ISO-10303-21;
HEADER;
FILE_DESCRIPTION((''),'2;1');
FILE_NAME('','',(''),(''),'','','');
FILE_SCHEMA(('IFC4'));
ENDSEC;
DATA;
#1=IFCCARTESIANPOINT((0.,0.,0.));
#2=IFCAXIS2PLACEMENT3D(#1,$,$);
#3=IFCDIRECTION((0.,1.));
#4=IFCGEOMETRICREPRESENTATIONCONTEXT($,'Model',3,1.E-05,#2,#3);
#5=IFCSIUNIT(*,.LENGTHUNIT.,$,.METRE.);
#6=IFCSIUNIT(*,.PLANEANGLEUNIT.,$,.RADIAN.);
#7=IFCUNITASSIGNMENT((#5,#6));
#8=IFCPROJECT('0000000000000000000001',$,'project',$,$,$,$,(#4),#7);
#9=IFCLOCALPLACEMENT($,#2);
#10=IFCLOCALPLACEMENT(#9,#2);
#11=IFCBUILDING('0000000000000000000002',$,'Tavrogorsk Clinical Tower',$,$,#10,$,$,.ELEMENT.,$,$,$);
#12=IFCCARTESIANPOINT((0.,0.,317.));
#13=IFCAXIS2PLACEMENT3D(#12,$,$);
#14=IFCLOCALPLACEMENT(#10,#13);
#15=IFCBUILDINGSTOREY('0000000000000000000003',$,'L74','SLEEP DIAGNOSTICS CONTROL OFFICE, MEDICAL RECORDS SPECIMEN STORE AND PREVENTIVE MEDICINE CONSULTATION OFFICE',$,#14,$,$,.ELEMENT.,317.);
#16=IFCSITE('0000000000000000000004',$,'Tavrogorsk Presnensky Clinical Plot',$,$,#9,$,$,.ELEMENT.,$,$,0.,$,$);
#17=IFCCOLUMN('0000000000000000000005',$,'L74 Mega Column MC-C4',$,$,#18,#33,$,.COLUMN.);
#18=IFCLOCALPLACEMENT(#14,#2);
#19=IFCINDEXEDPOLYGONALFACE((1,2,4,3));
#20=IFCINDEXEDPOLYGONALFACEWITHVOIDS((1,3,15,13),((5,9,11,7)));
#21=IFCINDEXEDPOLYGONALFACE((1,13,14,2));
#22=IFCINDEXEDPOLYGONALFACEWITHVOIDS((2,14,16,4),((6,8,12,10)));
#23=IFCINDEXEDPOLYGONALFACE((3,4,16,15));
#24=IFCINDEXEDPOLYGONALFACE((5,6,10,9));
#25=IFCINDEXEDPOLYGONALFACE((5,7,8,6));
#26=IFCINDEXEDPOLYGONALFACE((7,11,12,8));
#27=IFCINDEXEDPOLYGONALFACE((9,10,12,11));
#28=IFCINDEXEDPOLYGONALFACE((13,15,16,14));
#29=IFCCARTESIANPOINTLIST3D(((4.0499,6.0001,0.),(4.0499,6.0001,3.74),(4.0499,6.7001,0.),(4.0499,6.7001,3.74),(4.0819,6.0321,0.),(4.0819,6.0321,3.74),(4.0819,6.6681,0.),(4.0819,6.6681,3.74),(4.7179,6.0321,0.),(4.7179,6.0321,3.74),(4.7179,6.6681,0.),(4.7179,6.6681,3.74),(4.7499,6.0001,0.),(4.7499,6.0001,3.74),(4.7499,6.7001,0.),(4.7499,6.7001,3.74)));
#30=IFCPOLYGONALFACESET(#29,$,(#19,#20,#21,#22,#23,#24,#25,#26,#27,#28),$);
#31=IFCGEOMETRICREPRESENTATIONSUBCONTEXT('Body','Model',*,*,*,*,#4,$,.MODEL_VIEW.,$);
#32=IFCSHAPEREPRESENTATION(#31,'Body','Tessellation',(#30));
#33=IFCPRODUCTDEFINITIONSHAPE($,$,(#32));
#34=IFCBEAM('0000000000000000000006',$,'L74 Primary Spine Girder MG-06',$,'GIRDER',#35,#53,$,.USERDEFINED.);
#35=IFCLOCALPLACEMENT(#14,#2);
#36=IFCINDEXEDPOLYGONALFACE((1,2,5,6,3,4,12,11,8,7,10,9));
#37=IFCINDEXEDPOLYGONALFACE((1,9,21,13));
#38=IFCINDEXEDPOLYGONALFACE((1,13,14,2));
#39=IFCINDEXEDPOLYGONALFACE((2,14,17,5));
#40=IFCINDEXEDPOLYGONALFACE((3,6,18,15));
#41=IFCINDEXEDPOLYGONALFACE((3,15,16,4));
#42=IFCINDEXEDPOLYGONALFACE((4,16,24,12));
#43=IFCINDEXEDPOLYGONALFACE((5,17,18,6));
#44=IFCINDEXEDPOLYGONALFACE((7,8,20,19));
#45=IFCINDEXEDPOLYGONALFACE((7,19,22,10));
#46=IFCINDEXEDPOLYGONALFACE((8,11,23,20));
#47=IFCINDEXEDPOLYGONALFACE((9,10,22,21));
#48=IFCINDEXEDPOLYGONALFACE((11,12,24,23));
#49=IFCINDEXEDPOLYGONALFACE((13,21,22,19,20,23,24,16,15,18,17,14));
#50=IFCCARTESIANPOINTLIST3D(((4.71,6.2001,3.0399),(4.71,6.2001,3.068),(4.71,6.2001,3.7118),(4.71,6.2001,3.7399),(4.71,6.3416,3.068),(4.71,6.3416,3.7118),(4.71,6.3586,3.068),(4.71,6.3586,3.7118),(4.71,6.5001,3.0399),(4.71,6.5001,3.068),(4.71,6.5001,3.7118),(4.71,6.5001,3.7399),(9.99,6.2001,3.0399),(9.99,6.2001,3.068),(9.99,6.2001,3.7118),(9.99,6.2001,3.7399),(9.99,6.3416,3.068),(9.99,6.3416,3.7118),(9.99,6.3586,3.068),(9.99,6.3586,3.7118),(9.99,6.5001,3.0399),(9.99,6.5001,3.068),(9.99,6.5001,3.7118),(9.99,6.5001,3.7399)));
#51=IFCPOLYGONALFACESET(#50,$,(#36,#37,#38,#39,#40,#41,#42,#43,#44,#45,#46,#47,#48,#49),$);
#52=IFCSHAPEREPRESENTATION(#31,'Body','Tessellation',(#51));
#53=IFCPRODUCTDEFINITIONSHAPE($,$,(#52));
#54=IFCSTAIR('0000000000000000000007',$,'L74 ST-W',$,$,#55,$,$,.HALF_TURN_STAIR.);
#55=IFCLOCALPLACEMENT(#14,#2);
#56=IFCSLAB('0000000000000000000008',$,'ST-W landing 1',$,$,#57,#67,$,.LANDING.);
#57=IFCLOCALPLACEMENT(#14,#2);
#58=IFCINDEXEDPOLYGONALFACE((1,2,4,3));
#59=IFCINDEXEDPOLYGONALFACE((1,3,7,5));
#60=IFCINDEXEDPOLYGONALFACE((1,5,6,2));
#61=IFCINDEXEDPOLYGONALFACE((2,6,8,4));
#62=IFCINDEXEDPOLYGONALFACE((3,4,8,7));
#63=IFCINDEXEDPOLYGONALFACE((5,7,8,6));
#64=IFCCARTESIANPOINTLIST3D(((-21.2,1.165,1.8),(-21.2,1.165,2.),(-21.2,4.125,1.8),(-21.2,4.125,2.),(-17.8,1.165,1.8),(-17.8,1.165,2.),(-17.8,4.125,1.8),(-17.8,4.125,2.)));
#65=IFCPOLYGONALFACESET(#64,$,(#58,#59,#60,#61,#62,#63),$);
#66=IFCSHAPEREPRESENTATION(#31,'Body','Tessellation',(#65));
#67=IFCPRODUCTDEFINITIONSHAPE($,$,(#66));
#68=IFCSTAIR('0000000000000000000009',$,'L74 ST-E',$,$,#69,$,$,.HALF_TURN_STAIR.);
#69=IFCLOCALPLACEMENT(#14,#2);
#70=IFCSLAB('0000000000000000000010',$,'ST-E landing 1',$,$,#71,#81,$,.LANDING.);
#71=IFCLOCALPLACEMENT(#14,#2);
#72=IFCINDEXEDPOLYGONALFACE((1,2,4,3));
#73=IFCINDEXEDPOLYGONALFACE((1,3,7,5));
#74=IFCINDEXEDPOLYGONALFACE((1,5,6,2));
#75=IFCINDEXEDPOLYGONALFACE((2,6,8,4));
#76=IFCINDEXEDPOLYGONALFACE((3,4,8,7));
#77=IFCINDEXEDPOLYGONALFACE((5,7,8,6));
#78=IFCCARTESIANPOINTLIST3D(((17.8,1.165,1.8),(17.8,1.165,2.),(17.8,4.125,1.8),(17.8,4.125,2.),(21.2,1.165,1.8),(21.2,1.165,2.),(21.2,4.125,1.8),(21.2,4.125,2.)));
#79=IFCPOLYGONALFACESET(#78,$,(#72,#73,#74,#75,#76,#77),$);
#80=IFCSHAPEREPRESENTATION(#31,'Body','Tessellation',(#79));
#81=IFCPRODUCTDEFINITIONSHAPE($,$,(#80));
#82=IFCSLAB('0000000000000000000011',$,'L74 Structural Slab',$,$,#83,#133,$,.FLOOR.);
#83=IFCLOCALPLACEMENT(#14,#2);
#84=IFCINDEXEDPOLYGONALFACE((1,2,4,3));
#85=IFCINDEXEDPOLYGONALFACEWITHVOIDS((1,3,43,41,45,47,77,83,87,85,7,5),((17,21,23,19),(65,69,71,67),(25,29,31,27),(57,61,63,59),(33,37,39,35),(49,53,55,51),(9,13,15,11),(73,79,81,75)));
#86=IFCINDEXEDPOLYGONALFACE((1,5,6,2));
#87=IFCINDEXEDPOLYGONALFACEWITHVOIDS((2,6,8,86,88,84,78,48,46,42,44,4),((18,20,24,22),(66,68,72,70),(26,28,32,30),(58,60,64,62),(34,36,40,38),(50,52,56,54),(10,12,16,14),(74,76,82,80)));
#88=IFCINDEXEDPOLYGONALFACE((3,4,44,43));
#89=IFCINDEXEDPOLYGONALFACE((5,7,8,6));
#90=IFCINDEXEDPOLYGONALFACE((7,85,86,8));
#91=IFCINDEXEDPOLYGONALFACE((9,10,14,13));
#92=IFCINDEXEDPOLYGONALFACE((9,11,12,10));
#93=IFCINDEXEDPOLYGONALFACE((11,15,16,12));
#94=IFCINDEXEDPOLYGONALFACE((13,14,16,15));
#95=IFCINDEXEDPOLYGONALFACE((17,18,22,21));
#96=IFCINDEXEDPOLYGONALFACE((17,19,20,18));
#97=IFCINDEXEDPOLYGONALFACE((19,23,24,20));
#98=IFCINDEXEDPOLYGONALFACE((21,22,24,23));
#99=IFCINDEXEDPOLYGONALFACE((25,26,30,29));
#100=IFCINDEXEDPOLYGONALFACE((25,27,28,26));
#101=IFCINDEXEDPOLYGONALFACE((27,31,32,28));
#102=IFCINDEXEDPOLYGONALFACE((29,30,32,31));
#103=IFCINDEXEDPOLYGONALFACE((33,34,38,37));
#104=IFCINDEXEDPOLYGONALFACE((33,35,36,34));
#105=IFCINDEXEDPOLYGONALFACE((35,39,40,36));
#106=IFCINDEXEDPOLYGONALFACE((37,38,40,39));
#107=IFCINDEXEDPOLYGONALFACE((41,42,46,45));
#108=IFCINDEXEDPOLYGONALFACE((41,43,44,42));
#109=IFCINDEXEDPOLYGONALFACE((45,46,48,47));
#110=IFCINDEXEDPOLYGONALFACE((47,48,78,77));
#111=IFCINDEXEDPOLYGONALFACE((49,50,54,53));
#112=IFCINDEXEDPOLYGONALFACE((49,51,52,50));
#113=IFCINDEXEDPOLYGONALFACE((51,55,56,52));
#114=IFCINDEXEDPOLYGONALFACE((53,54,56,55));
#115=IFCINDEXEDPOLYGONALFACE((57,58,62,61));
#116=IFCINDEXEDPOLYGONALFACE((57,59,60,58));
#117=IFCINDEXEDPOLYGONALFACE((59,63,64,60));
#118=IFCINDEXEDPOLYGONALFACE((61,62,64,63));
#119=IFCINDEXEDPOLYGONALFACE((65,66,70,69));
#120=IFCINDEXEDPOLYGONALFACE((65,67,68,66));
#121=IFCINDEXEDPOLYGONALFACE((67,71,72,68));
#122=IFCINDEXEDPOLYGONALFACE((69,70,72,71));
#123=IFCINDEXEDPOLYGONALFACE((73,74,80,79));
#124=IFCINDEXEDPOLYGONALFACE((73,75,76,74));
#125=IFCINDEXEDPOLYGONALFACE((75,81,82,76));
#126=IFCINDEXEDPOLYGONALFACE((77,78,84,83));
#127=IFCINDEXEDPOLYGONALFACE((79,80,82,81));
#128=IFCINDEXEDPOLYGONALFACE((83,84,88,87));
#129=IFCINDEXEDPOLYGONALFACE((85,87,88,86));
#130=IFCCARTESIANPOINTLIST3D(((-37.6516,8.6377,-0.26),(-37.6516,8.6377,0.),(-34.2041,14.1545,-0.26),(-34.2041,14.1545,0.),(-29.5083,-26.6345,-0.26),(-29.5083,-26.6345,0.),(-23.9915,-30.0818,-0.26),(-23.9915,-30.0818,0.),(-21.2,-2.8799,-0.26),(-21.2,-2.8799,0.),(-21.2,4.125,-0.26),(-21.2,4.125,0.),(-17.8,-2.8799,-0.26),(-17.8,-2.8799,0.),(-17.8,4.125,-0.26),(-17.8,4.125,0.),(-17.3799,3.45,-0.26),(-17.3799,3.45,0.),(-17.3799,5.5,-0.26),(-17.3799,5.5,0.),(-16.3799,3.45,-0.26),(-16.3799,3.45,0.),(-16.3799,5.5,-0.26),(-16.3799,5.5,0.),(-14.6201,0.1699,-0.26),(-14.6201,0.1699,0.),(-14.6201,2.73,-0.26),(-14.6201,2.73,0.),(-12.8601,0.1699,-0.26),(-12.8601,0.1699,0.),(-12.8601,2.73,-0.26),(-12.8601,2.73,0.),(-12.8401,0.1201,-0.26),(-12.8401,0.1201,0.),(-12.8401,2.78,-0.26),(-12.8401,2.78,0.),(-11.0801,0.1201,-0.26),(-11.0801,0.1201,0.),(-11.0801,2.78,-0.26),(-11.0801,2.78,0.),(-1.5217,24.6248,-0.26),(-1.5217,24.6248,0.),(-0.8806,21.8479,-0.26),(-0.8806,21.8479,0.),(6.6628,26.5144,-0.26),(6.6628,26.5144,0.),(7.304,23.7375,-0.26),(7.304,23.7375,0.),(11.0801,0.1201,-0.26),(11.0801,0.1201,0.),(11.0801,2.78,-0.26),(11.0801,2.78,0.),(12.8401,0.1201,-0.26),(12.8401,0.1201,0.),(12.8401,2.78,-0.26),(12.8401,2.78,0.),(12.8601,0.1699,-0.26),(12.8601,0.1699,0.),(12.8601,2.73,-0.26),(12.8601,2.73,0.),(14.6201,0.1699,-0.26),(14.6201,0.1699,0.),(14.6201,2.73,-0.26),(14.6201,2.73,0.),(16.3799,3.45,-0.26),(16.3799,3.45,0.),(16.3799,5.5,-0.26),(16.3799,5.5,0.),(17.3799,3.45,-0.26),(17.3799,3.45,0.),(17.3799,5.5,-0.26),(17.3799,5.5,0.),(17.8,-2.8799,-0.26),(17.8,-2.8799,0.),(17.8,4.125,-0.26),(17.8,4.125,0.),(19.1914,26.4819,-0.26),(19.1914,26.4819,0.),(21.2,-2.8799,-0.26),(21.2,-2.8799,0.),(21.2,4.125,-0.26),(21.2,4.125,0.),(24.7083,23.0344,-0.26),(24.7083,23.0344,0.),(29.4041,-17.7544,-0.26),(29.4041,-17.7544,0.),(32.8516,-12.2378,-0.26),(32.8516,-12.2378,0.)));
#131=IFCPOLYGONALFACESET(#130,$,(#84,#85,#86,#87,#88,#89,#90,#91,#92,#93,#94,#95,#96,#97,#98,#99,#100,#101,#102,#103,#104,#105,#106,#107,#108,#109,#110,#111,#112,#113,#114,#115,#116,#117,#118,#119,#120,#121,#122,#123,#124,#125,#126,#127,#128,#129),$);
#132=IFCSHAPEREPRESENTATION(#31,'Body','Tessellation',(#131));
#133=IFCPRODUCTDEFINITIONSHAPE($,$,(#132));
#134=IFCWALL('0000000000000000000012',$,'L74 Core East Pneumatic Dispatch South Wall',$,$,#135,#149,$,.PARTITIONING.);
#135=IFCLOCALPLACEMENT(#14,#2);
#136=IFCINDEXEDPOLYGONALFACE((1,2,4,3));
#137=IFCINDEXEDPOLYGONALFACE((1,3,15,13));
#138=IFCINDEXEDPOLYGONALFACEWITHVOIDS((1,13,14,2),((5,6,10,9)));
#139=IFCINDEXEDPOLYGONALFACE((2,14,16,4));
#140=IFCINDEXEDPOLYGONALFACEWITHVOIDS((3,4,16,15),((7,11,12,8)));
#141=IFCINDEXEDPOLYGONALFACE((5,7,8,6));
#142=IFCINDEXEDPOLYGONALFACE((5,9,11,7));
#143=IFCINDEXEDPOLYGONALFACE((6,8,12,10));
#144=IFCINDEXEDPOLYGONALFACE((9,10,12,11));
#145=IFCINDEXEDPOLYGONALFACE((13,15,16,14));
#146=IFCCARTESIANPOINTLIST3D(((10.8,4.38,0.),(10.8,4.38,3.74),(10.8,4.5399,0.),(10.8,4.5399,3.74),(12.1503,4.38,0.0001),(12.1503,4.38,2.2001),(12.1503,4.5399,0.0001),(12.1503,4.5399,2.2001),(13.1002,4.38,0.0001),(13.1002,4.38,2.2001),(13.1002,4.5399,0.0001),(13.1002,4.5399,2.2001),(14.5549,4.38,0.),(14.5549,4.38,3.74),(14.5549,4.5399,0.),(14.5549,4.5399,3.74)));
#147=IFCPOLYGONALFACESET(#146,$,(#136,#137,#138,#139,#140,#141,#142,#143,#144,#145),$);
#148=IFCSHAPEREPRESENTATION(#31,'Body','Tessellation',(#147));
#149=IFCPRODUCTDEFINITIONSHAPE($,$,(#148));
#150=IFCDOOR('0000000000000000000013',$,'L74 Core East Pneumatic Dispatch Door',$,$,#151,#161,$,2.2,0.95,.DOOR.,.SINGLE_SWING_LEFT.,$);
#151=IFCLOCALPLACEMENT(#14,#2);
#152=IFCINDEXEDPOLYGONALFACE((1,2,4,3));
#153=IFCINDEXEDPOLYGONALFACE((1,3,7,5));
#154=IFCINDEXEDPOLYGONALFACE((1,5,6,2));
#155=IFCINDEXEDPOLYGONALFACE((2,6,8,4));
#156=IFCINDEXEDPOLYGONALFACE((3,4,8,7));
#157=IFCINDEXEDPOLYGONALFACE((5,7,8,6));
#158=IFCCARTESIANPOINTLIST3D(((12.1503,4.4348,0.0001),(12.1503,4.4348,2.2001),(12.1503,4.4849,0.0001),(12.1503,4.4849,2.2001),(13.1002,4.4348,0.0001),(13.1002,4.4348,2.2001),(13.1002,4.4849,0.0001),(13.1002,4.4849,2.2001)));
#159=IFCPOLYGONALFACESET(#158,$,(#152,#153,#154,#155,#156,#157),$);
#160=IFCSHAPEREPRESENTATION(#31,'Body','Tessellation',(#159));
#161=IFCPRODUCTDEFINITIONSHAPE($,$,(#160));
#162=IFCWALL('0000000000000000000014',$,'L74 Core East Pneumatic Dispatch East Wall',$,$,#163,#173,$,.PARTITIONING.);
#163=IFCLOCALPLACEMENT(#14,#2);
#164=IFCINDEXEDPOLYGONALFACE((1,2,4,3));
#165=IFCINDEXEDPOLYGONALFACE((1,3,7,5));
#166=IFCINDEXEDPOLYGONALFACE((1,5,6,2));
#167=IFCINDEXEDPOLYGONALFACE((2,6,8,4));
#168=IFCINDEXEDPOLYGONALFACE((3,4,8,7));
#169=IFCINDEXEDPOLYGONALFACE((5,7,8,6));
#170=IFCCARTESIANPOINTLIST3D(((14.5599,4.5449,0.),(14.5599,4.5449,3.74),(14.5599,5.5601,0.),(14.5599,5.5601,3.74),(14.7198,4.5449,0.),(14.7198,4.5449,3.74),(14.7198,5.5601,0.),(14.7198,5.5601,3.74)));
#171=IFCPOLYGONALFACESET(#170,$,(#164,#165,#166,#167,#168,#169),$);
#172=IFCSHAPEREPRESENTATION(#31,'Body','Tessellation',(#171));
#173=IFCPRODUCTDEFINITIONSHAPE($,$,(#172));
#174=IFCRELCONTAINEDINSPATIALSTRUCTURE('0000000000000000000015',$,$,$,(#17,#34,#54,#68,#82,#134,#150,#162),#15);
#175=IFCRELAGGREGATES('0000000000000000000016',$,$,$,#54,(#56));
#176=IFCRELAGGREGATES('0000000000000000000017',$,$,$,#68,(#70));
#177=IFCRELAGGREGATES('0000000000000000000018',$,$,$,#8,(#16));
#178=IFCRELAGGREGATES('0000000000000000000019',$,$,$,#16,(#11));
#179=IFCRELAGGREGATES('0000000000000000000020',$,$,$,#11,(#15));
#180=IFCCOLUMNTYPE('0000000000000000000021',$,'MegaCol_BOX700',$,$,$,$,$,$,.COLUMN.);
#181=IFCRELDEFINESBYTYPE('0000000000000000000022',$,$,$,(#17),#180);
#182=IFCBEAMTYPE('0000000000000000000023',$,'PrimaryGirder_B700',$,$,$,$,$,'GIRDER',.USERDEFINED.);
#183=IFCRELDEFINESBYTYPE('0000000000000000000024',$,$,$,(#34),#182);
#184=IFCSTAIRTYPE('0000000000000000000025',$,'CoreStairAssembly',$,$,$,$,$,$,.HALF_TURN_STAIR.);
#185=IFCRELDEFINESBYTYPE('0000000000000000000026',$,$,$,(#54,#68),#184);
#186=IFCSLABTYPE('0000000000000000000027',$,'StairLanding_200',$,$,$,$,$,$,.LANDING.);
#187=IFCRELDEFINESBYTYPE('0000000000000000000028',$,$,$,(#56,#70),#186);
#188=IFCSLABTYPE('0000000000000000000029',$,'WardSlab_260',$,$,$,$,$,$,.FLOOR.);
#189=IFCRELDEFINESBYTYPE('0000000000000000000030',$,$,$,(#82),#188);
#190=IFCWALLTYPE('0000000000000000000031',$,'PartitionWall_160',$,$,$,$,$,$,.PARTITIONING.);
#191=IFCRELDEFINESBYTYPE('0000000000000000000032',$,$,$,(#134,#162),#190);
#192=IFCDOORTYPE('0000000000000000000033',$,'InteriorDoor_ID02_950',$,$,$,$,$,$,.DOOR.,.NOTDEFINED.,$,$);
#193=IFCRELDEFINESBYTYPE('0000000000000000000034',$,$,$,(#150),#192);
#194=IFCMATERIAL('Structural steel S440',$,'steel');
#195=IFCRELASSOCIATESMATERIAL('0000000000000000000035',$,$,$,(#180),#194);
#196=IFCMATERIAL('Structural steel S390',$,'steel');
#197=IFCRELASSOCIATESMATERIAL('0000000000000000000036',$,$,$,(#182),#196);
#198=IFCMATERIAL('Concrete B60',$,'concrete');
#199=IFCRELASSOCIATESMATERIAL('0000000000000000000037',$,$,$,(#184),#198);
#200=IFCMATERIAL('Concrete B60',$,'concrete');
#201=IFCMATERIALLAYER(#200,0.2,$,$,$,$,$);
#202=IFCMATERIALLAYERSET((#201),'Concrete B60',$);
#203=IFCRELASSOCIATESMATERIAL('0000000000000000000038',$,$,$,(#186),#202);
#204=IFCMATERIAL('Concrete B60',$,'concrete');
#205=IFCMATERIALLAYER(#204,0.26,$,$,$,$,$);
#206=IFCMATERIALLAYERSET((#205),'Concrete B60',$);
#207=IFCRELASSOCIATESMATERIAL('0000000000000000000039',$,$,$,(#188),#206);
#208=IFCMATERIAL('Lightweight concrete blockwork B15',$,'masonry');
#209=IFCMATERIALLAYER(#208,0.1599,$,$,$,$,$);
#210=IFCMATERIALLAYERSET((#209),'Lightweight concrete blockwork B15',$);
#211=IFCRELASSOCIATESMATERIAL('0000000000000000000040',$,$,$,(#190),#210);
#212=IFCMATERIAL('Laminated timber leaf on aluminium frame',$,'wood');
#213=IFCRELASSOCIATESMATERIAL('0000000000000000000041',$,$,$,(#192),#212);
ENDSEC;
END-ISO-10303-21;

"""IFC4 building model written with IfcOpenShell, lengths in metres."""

from ifc_helpers import new_model, si_unit, direction, frame, frame_2d, origin, origin_2d, place, context, subcontext, project, spatial, polyline, rectangle, hollow_rectangle, i_section, outline, extrude, material, layer, layer_set, material_profile, profile_set, type_object, element, fill, aggregate, save


model = new_model("IFC4")

# Units and contexts
model_context = context("Model", 3, precision=1e-05, world=origin(), true_north=direction((0.0, 1.0)))
body_context = subcontext(model_context, "Body", "Model", "MODEL_VIEW")
ifc_project = project(units=[si_unit("LENGTHUNIT", "METRE"), si_unit("PLANEANGLEUNIT", "RADIAN")], contexts=[model_context])

# Site, building, storey
site_placement = place(None, origin())
site = spatial("IfcSite", under=ifc_project, at=site_placement, Name="Tavrogorsk Presnensky Clinical Plot", CompositionType="ELEMENT", RefElevation=0.0)
building_placement = place(site_placement, origin())
building = spatial("IfcBuilding", under=site, at=building_placement, Name="Tavrogorsk Clinical Tower", CompositionType="ELEMENT")
storey_placement = place(building_placement, frame((0.0, 0.0, 317.0)))
storey = spatial("IfcBuildingStorey", under=building, at=storey_placement, Name="L74", Description="SLEEP DIAGNOSTICS CONTROL OFFICE, MEDICAL RECORDS SPECIMEN STORE AND PREVENTIVE MEDICINE CONSULTATION OFFICE", CompositionType="ELEMENT", Elevation=317.0)

# Column
ifc_material_1 = material(Name="Structural steel S440", Category="steel")
ifc_material_profile_1 = material_profile(ifc_material_1, hollow_rectangle(XDim=0.7, YDim=0.7, WallThickness=0.032, at=origin_2d()), Name="BOX-700x700x32")
ifc_profile_set_1 = profile_set([ifc_material_profile_1], Name="Structural steel S440")
column_type = type_object("IfcColumnType", Name="MegaCol_BOX700", PredefinedType="COLUMN", material=ifc_profile_set_1)
column_placement = place(storey_placement, frame((4.3999, 6.3501, 0.0), z_axis=(0.0, 0.0, 1.0), x_axis=(1.0, 0.0, 0.0)))
element("IfcColumn", 1, at=column_placement, inside=storey, type_object=column_type, Name="L74 Mega Column MC-C4", PredefinedType="COLUMN", context=body_context, shape_type="SweptSolid", body=[
    extrude(hollow_rectangle(XDim=0.7, YDim=0.7, WallThickness=0.032, at=origin_2d()), origin(), (0.0, 0.0, 1.0), 3.74),
])

# Beam
ifc_material_2 = material(Name="Structural steel S390", Category="steel")
ifc_material_profile_2 = material_profile(ifc_material_2, i_section(OverallWidth=0.3, OverallDepth=0.7, WebThickness=0.0171, FlangeThickness=0.0281, at=origin_2d()), Name="B-700x300x17x28")
ifc_profile_set_2 = profile_set([ifc_material_profile_2], Name="Structural steel S390")
beam_type = type_object("IfcBeamType", Name="PrimaryGirder_B700", ElementType="GIRDER", PredefinedType="USERDEFINED", material=ifc_profile_set_2)
beam_placement = place(storey_placement, frame((4.71, 6.3501, 3.3899), z_axis=(1.0, 0.0, 0.0), x_axis=(0.0, 1.0, 0.0)))
element("IfcBeam", 2, at=beam_placement, inside=storey, type_object=beam_type, Name="L74 Primary Spine Girder MG-06", ObjectType="GIRDER", PredefinedType="USERDEFINED", context=body_context, shape_type="SweptSolid", body=[
    extrude(i_section(OverallWidth=0.3, OverallDepth=0.7, WebThickness=0.0171, FlangeThickness=0.0281, at=origin_2d()), origin(), (0.0, 0.0, 1.0), 5.28),
])

# Stairs, slabs
ifc_material_3 = material(Name="Concrete B60", Category="concrete")
stair_type = type_object("IfcStairType", Name="CoreStairAssembly", PredefinedType="HALF_TURN_STAIR", material=ifc_material_3)
stair_1_placement = place(storey_placement, origin())
stair_1 = element("IfcStair", 3, at=stair_1_placement, inside=storey, type_object=stair_type, Name="L74 ST-W", PredefinedType="HALF_TURN_STAIR")
ifc_material_4 = material(Name="Concrete B60", Category="concrete")
ifc_layer_1 = layer(ifc_material_4, 0.2)
ifc_layer_set_1 = layer_set([ifc_layer_1], Name="Concrete B60")
slab_type_1 = type_object("IfcSlabType", Name="StairLanding_200", PredefinedType="LANDING", material=ifc_layer_set_1)
slab_1_placement = place(storey_placement, frame((0.0, 0.0, 1.8)))
slab_1 = element("IfcSlab", 4, at=slab_1_placement, type_object=slab_type_1, Name="ST-W landing 1", PredefinedType="LANDING", context=body_context, shape_type="SweptSolid", body=[
    extrude(outline(polyline([(-17.8, 1.165), (-17.8, 4.125), (-21.2, 4.125), (-21.2, 1.165), (-17.8, 1.165)])), origin(), (0.0, 0.0, 1.0), 0.2),
])
aggregate(stair_1, [slab_1])
stair_2_placement = place(storey_placement, origin())
stair_2 = element("IfcStair", 5, at=stair_2_placement, inside=storey, type_object=stair_type, Name="L74 ST-E", PredefinedType="HALF_TURN_STAIR")
slab_2_placement = place(storey_placement, frame((0.0, 0.0, 1.8)))
slab_2 = element("IfcSlab", 6, at=slab_2_placement, type_object=slab_type_1, Name="ST-E landing 1", PredefinedType="LANDING", context=body_context, shape_type="SweptSolid", body=[
    extrude(outline(polyline([(21.2, 1.165), (21.2, 4.125), (17.8, 4.125), (17.8, 1.165), (21.2, 1.165)])), origin(), (0.0, 0.0, 1.0), 0.2),
])
aggregate(stair_2, [slab_2])

# Slab
ifc_material_5 = material(Name="Concrete B60", Category="concrete")
ifc_layer_2 = layer(ifc_material_5, 0.26)
ifc_layer_set_2 = layer_set([ifc_layer_2], Name="Concrete B60")
slab_type_2 = type_object("IfcSlabType", Name="WardSlab_260", PredefinedType="FLOOR", material=ifc_layer_set_2)
slab_3_placement = place(storey_placement, frame((0.0, 0.0, -0.26)))
element("IfcSlab", 7, at=slab_3_placement, inside=storey, type_object=slab_type_2, Name="L74 Structural Slab", PredefinedType="FLOOR", context=body_context, shape_type="SweptSolid", body=[
    extrude(outline(polyline([(19.1914, 26.4819), (24.7083, 23.0344), (32.8516, -12.2378), (29.4041, -17.7544), (-23.9915, -30.0818), (-29.5083, -26.6345), (-37.6516, 8.6377), (-34.2041, 14.1545), (-0.8806, 21.8479), (-1.5217, 24.6248), (6.6628, 26.5144), (7.304, 23.7375), (19.1914, 26.4819)]), holes=[polyline([(-17.8, -2.8799), (-17.8, 4.125), (-21.2, 4.125), (-21.2, -2.8799), (-17.8, -2.8799)]), polyline([(21.2, -2.8799), (21.2, 4.125), (17.8, 4.125), (17.8, -2.8799), (21.2, -2.8799)]), polyline([(-14.6201, 0.1699), (-12.8601, 0.1699), (-12.8601, 2.73), (-14.6201, 2.73), (-14.6201, 0.1699)]), polyline([(-12.8401, 0.1201), (-11.0801, 0.1201), (-11.0801, 2.78), (-12.8401, 2.78), (-12.8401, 0.1201)]), polyline([(12.8601, 0.1699), (14.6201, 0.1699), (14.6201, 2.73), (12.8601, 2.73), (12.8601, 0.1699)]), polyline([(11.0801, 0.1201), (12.8401, 0.1201), (12.8401, 2.78), (11.0801, 2.78), (11.0801, 0.1201)]), polyline([(-17.3799, 3.45), (-16.3799, 3.45), (-16.3799, 5.5), (-17.3799, 5.5), (-17.3799, 3.45)]), polyline([(16.3799, 3.45), (17.3799, 3.45), (17.3799, 5.5), (16.3799, 5.5), (16.3799, 3.45)])]), origin(), (0.0, 0.0, 1.0), 0.26),
])

# Wall, opening, door
ifc_material_6 = material(Name="Lightweight concrete blockwork B15", Category="masonry")
ifc_layer_3 = layer(ifc_material_6, 0.1599)
ifc_layer_set_3 = layer_set([ifc_layer_3], Name="Lightweight concrete blockwork B15")
wall_type_1 = type_object("IfcWallType", Name="PartitionWall_160", PredefinedType="PARTITIONING", material=ifc_layer_set_3)
wall_1_placement = place(storey_placement, frame((10.8, 4.46, 0.0), z_axis=(0.0, 0.0, 1.0), x_axis=(1.0, 0.0, 0.0)))
wall_1 = element("IfcWall", 8, at=wall_1_placement, inside=storey, type_object=wall_type_1, Name="L74 Core East Pneumatic Dispatch South Wall", PredefinedType="PARTITIONING", context=body_context, shape_type="SweptSolid", body=[
    extrude(rectangle(XDim=3.7549, YDim=0.1599, at=frame_2d((1.8774, 0.0))), origin(), (0.0, 0.0, 1.0), 3.74),
])
opening_1_placement = place(wall_1_placement, frame((1.3501, 0.0, 0.0)))
opening_1 = element("IfcOpeningElement", 9, at=opening_1_placement, cuts=wall_1, PredefinedType="OPENING", context=body_context, shape_type="SweptSolid", body=[
    extrude(rectangle(XDim=0.95, YDim=2.2, at=frame_2d((0.4751, 1.1001))), frame((0.0, 0.0898, 0.0), z_axis=(0.0, -1.0, 0.0), x_axis=(1.0, 0.0, 0.0)), (0.0, 0.0, 1.0), 0.1799),
])
ifc_material_7 = material(Name="Laminated timber leaf on aluminium frame", Category="wood")
door_type_1 = type_object("IfcDoorType", Name="InteriorDoor_ID02_950", OperationType="NOTDEFINED", PredefinedType="DOOR", material=ifc_material_7)
door_1_placement = place(opening_1_placement, origin())
door_1 = element("IfcDoor", 10, at=door_1_placement, inside=storey, type_object=door_type_1, Name="L74 Core East Pneumatic Dispatch Door", OperationType="SINGLE_SWING_LEFT", OverallHeight=2.2, OverallWidth=0.95, PredefinedType="DOOR", context=body_context, shape_type="SweptSolid", body=[
    extrude(rectangle(XDim=0.95, YDim=2.2, at=frame_2d((0.4751, 1.1001))), frame((0.0, 0.0249, 0.0), z_axis=(0.0, -1.0, 0.0), x_axis=(1.0, 0.0, 0.0)), (0.0, 0.0, 1.0), 0.05),
])
fill(opening_1, door_1)

# Wall
wall_2_placement = place(storey_placement, frame((14.6399, 4.5449, 0.0), z_axis=(0.0, 0.0, 1.0), x_axis=(0.0, 1.0, 0.0)))
element("IfcWall", 11, at=wall_2_placement, inside=storey, type_object=wall_type_1, Name="L74 Core East Pneumatic Dispatch East Wall", PredefinedType="PARTITIONING", context=body_context, shape_type="SweptSolid", body=[
    extrude(rectangle(XDim=1.0151, YDim=0.1599, at=frame_2d((0.5076, 0.0))), origin(), (0.0, 0.0, 1.0), 3.74),
])

save(model, "model.ifc")
